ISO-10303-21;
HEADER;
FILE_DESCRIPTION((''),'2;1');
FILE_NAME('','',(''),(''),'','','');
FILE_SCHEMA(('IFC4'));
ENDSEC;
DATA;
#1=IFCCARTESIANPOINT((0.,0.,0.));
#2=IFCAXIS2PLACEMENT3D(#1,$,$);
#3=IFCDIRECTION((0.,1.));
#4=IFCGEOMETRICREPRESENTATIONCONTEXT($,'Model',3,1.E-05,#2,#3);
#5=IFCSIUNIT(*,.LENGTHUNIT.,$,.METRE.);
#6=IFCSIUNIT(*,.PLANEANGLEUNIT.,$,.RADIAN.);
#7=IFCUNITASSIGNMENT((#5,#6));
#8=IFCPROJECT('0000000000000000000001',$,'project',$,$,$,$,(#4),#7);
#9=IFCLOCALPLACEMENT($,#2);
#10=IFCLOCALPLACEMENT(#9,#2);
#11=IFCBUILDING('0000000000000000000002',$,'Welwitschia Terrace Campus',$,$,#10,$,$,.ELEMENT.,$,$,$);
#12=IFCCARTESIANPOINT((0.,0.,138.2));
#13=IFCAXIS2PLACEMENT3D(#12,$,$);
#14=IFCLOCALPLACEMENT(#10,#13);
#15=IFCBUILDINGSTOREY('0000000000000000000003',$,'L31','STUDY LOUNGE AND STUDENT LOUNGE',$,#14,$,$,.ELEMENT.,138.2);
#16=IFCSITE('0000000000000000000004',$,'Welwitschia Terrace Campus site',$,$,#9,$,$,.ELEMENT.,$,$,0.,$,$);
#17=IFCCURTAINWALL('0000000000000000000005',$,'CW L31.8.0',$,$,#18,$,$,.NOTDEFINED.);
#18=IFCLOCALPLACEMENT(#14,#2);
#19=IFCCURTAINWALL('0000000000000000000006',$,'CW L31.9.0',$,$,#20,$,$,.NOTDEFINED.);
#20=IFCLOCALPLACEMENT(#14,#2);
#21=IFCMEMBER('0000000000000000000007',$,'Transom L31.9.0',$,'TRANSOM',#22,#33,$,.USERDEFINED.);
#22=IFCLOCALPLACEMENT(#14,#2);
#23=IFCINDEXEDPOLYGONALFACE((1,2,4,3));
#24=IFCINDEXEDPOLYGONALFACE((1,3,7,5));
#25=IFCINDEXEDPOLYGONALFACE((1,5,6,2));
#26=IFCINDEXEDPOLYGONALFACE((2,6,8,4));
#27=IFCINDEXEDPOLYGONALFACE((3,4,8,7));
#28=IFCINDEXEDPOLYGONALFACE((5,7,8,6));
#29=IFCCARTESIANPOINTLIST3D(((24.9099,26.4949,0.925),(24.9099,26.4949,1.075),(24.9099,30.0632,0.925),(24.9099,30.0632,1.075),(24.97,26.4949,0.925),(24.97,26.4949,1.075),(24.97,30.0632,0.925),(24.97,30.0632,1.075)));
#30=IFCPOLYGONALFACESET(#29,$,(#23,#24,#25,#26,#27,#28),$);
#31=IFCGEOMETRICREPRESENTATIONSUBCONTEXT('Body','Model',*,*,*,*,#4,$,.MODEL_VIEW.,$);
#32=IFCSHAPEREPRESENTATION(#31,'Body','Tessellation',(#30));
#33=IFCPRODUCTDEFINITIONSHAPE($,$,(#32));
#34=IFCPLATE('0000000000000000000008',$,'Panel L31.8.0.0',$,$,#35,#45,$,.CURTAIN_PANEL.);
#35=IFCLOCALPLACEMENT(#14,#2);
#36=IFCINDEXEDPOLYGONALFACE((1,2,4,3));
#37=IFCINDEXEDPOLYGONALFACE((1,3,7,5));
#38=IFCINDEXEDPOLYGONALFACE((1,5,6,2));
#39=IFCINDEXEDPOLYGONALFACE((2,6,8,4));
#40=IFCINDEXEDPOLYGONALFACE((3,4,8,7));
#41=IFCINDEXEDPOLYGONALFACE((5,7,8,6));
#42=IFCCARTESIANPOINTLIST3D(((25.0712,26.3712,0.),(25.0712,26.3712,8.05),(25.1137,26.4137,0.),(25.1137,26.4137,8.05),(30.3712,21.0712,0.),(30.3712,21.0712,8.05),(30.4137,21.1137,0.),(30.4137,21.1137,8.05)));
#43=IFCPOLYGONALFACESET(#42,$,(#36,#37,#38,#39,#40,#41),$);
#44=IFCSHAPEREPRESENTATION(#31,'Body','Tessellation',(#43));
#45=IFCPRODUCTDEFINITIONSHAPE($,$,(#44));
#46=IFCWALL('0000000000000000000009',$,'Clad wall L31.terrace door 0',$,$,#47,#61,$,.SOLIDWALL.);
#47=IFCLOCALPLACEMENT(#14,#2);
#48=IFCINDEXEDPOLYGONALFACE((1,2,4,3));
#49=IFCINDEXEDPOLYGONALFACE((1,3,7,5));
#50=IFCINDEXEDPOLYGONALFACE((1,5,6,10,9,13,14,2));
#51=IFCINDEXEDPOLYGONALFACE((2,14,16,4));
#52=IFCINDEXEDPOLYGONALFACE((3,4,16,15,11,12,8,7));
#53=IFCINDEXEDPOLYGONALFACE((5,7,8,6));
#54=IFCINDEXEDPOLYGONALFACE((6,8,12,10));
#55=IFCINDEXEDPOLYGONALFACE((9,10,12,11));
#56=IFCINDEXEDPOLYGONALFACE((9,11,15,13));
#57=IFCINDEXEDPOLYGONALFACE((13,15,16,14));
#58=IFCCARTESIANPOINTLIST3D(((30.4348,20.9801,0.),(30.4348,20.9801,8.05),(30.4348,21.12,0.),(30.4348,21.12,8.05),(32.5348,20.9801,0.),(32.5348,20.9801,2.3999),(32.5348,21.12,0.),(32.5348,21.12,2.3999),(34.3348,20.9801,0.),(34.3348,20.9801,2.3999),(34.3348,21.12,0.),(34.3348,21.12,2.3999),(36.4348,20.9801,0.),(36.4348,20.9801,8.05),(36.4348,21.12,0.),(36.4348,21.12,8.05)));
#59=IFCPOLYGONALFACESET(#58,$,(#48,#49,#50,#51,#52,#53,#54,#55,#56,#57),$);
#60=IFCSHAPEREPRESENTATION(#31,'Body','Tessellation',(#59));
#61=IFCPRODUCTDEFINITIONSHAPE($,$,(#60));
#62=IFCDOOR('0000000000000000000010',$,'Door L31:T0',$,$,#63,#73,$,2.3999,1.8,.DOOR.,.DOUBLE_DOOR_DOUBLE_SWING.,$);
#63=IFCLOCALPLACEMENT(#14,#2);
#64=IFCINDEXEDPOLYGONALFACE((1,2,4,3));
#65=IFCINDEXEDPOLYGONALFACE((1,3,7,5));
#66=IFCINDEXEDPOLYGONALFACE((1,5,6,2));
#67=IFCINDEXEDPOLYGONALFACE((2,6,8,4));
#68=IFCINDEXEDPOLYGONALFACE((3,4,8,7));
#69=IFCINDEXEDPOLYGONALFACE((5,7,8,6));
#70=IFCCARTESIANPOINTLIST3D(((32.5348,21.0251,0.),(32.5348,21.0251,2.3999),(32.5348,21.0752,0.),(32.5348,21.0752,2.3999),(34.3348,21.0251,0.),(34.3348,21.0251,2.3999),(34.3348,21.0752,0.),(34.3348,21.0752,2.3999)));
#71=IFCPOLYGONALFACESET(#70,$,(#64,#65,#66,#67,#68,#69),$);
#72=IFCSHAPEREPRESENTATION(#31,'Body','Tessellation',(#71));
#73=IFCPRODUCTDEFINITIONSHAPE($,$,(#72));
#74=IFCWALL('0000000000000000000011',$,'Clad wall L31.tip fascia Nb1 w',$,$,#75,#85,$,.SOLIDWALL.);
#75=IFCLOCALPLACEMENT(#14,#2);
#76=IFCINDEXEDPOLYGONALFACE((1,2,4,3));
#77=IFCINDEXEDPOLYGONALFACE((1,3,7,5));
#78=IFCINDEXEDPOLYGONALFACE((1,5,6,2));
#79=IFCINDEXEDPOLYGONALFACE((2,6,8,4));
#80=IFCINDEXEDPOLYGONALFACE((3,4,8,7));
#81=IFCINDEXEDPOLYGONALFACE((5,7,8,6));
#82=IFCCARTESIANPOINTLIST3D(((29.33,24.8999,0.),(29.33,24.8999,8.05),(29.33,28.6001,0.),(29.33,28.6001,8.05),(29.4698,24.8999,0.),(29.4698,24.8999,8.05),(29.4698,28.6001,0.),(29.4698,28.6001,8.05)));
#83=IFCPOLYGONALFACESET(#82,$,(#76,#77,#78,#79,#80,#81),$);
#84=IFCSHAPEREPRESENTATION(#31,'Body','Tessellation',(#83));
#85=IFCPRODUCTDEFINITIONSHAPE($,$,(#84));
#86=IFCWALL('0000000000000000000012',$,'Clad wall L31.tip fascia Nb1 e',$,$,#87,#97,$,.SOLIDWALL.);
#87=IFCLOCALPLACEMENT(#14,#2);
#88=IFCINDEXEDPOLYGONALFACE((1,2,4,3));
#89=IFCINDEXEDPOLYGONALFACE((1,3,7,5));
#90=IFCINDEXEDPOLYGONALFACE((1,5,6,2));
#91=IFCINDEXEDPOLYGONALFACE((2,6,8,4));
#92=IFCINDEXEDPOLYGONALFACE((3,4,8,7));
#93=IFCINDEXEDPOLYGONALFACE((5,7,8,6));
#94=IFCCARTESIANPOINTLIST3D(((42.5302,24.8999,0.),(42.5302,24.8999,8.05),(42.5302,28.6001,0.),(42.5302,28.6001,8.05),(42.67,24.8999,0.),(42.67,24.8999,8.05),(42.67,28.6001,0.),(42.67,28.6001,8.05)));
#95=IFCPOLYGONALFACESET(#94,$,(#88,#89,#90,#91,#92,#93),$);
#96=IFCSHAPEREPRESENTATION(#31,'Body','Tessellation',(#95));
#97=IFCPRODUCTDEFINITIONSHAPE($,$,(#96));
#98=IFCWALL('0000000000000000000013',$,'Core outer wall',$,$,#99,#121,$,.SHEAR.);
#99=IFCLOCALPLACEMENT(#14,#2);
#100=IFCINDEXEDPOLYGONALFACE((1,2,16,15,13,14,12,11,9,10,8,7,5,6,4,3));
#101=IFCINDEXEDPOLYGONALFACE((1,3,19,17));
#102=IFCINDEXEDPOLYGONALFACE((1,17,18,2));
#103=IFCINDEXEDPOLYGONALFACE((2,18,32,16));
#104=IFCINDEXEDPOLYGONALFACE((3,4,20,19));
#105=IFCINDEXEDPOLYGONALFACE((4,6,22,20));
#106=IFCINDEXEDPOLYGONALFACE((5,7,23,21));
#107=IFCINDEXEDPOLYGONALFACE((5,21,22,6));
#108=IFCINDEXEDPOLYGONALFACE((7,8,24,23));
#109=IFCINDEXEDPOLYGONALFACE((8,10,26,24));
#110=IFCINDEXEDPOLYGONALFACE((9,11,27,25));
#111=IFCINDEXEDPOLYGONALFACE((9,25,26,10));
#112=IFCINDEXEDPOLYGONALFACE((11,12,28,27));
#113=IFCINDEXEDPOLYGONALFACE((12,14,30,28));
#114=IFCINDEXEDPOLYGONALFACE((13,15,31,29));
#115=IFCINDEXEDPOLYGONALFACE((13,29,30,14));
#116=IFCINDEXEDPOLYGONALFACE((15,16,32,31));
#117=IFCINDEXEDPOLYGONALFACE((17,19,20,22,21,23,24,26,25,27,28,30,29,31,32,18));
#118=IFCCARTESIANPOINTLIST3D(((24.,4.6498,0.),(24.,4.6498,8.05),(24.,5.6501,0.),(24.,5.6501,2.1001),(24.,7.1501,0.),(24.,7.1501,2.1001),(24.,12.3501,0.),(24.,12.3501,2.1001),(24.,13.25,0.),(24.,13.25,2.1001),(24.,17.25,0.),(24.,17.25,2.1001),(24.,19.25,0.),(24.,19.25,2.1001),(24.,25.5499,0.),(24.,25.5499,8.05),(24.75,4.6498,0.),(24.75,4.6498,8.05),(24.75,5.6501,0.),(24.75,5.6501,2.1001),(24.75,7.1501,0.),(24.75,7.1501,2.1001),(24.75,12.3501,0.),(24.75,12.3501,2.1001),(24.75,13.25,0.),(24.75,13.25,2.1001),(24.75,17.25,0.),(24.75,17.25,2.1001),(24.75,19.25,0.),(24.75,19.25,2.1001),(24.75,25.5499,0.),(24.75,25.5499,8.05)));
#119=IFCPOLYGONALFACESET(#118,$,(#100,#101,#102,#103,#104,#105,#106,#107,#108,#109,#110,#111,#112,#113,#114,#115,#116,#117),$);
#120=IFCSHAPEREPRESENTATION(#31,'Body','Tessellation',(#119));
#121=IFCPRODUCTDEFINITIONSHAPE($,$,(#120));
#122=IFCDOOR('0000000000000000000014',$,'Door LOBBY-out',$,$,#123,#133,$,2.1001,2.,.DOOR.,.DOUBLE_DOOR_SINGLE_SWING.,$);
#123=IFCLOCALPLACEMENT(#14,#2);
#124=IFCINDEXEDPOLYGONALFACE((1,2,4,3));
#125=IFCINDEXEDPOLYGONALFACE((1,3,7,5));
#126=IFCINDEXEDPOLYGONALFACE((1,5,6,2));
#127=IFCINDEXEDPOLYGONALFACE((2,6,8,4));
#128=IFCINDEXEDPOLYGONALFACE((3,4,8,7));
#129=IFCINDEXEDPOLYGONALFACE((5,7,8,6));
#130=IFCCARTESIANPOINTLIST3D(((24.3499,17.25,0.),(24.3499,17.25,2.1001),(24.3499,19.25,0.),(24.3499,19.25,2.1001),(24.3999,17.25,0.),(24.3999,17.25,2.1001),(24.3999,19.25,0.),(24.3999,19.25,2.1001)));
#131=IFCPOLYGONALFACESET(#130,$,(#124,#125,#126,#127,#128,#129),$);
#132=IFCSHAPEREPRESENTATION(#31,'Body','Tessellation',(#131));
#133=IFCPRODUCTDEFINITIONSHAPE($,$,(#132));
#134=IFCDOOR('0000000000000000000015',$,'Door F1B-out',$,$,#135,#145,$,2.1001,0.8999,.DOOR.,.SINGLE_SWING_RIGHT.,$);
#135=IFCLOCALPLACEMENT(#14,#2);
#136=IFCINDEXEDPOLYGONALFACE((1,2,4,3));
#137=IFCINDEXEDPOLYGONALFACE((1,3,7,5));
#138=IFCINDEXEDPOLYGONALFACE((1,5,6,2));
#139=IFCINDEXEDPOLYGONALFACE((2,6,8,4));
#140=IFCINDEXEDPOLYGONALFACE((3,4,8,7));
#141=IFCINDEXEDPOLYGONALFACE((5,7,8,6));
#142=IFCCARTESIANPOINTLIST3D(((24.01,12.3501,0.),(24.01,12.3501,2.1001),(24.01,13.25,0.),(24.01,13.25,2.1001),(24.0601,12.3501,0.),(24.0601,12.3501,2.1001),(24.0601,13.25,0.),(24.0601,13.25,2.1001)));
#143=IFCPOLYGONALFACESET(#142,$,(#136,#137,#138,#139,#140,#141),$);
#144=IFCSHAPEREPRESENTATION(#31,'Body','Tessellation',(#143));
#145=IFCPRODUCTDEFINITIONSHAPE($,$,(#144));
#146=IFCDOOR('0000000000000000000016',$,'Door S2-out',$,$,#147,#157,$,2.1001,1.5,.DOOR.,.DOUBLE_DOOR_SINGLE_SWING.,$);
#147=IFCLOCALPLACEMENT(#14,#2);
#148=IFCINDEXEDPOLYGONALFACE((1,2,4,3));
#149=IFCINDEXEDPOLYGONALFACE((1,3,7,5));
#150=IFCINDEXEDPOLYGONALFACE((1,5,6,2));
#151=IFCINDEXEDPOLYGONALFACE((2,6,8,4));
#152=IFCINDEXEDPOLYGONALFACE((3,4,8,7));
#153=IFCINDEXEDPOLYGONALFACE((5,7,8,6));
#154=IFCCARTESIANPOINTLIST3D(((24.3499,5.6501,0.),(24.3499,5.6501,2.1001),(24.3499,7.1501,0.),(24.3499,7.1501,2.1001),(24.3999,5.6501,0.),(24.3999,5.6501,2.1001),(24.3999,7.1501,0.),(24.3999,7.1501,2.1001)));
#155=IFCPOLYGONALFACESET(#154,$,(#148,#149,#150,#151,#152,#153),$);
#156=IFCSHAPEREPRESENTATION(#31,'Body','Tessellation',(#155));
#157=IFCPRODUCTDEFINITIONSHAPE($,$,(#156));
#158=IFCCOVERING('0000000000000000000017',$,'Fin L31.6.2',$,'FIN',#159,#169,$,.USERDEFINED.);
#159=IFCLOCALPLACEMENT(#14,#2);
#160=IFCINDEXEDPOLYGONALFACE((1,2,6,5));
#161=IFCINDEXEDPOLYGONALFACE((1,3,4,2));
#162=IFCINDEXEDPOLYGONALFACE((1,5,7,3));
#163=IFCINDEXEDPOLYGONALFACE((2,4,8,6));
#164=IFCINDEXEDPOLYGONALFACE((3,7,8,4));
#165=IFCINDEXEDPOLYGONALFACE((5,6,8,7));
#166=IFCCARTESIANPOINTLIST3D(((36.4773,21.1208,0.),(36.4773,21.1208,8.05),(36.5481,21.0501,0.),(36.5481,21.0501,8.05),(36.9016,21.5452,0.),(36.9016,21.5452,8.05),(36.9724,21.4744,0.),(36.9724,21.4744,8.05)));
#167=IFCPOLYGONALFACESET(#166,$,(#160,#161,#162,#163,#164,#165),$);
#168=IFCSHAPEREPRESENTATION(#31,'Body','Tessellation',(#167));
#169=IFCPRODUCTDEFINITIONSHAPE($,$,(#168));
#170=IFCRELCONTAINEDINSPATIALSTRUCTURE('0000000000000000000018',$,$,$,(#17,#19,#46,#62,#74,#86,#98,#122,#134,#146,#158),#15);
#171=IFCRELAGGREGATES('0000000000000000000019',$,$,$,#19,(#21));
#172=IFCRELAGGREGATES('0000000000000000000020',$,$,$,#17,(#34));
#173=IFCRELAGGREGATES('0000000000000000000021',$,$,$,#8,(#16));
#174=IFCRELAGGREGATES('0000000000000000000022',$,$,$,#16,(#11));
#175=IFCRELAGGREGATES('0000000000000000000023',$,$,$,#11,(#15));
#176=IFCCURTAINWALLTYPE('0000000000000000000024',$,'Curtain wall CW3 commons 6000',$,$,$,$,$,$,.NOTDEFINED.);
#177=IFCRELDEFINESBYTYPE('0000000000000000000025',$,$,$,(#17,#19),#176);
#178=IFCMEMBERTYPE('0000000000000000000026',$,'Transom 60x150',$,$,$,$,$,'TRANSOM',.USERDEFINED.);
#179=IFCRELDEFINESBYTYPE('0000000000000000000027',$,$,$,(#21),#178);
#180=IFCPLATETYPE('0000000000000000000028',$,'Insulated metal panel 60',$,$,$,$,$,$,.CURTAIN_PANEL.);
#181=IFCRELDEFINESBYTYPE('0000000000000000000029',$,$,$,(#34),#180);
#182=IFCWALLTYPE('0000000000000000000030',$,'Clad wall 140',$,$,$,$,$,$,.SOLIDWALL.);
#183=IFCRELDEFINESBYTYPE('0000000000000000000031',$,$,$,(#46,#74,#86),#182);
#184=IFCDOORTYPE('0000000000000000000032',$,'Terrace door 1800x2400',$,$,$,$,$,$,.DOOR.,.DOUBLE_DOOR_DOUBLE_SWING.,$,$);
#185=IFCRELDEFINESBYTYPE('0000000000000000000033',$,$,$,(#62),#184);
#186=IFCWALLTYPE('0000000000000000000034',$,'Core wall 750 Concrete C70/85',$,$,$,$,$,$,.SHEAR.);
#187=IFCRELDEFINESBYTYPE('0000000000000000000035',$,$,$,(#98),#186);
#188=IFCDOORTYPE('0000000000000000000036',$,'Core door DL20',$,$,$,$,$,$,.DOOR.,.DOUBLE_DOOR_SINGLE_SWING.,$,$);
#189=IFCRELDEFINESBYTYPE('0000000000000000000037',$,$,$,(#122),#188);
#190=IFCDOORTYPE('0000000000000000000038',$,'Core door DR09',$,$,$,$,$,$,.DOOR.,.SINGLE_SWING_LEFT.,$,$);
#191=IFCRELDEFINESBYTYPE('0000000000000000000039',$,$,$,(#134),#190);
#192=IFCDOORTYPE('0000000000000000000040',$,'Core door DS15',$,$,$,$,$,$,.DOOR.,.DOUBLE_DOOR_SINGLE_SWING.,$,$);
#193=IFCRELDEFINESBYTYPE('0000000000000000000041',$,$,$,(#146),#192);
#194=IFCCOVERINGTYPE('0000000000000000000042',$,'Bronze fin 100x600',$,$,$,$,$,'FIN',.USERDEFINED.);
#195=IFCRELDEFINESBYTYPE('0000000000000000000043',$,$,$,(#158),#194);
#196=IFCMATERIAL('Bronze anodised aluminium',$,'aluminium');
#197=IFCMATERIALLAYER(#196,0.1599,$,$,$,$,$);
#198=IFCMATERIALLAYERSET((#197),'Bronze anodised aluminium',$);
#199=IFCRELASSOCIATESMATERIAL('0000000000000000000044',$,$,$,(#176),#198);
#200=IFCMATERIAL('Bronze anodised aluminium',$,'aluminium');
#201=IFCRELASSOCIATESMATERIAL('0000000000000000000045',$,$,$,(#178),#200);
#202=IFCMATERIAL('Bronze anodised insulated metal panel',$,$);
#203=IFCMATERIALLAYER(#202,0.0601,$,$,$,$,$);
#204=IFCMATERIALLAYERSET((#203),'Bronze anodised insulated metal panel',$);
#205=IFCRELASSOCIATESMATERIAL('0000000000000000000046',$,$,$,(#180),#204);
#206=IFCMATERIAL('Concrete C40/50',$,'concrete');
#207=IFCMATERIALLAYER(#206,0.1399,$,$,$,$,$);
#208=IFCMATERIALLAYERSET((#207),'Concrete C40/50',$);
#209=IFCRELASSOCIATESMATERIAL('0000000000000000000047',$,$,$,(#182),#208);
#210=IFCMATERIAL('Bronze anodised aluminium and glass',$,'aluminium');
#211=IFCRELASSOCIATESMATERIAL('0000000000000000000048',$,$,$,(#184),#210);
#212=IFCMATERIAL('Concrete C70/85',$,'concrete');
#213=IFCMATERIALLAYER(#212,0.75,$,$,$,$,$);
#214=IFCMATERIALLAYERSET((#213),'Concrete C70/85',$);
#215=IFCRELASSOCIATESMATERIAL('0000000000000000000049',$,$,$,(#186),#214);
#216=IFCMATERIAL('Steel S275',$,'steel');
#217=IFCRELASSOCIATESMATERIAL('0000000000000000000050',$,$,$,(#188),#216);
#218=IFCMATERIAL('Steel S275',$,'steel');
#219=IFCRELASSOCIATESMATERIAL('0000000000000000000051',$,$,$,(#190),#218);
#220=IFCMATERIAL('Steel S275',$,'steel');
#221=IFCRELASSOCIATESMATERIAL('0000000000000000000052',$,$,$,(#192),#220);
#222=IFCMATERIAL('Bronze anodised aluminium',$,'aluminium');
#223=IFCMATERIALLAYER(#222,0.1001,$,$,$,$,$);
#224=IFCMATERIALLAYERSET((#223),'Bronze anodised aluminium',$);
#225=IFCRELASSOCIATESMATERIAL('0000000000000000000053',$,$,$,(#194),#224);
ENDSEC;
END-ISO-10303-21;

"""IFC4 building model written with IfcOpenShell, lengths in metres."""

from ifc_helpers import new_model, si_unit, direction, frame, frame_2d, origin, origin_2d, place, context, subcontext, project, spatial, rectangle, extrude, material, layer, layer_set, material_profile, profile_set, type_object, element, fill, aggregate, save


model = new_model("IFC4")

# Units and contexts
model_context = context("Model", 3, precision=1e-05, world=origin(), true_north=direction((0.0, 1.0)))
body_context = subcontext(model_context, "Body", "Model", "MODEL_VIEW")
ifc_project = project(units=[si_unit("LENGTHUNIT", "METRE"), si_unit("PLANEANGLEUNIT", "RADIAN")], contexts=[model_context])

# Site, building, storey
site_placement = place(None, origin())
site = spatial("IfcSite", under=ifc_project, at=site_placement, Name="Welwitschia Terrace Campus site", CompositionType="ELEMENT", RefElevation=0.0)
building_placement = place(site_placement, origin())
building = spatial("IfcBuilding", under=site, at=building_placement, Name="Welwitschia Terrace Campus", CompositionType="ELEMENT")
storey_placement = place(building_placement, frame((0.0, 0.0, 138.2)))
storey = spatial("IfcBuildingStorey", under=building, at=storey_placement, Name="L31", Description="STUDY LOUNGE AND STUDENT LOUNGE", CompositionType="ELEMENT", Elevation=138.2)

# Curtain wall
ifc_material_1 = material(Name="Bronze anodised aluminium", Category="aluminium")
ifc_layer_1 = layer(ifc_material_1, 0.1599)
ifc_layer_set_1 = layer_set([ifc_layer_1], Name="Bronze anodised aluminium")
curtain_wall_type = type_object("IfcCurtainWallType", Name="Curtain wall CW3 commons 6000", PredefinedType="NOTDEFINED", material=ifc_layer_set_1)
curtain_wall_1_placement = place(storey_placement, origin())
curtain_wall_1 = element("IfcCurtainWall", 1, at=curtain_wall_1_placement, inside=storey, type_object=curtain_wall_type, Name="CW L31.8.0", PredefinedType="NOTDEFINED")

# Curtain wall
curtain_wall_2_placement = place(storey_placement, origin())
curtain_wall_2 = element("IfcCurtainWall", 2, at=curtain_wall_2_placement, inside=storey, type_object=curtain_wall_type, Name="CW L31.9.0", PredefinedType="NOTDEFINED")

# Member
ifc_material_2 = material(Name="Bronze anodised aluminium", Category="aluminium")
ifc_material_profile_1 = material_profile(ifc_material_2, rectangle(XDim=0.0601, YDim=0.1499, at=origin_2d()))
ifc_profile_set_1 = profile_set([ifc_material_profile_1], Name="Bronze anodised aluminium")
member_type_1 = type_object("IfcMemberType", Name="Transom 60x150", ElementType="TRANSOM", PredefinedType="USERDEFINED", material=ifc_profile_set_1)
member_1_placement = place(storey_placement, frame((24.9399, 26.4949, 1.0), z_axis=(0.0, 1.0, 0.0), x_axis=(-1.0, 0.0, 0.0)))
member_1 = element("IfcMember", 3, at=member_1_placement, type_object=member_type_1, Name="Transom L31.9.0", ObjectType="TRANSOM", PredefinedType="USERDEFINED", context=body_context, shape_type="SweptSolid", body=[
    extrude(rectangle(XDim=0.0601, YDim=0.1499, at=origin_2d()), origin(), (0.0, 0.0, 1.0), 3.5684),
])
aggregate(curtain_wall_2, [member_1])

# Plate
ifc_material_3 = material(Name="Bronze anodised insulated metal panel")
ifc_layer_2 = layer(ifc_material_3, 0.0601)
ifc_layer_set_2 = layer_set([ifc_layer_2], Name="Bronze anodised insulated metal panel")
plate_type = type_object("IfcPlateType", Name="Insulated metal panel 60", PredefinedType="CURTAIN_PANEL", material=ifc_layer_set_2)
plate_placement = place(storey_placement, frame((27.7424, 23.7424, 0.0), z_axis=(0.0, 0.0, 1.0), x_axis=(-0.707107, 0.707107, 0.0)))
plate = element("IfcPlate", 4, at=plate_placement, type_object=plate_type, Name="Panel L31.8.0.0", PredefinedType="CURTAIN_PANEL", context=body_context, shape_type="SweptSolid", body=[
    extrude(rectangle(XDim=7.4954, YDim=0.0601, at=origin_2d()), origin(), (0.0, 0.0, 1.0), 8.05),
])
aggregate(curtain_wall_1, [plate])

# Wall, opening, door
ifc_material_4 = material(Name="Concrete C40/50", Category="concrete")
ifc_layer_3 = layer(ifc_material_4, 0.1399)
ifc_layer_set_3 = layer_set([ifc_layer_3], Name="Concrete C40/50")
wall_type_1 = type_object("IfcWallType", Name="Clad wall 140", PredefinedType="SOLIDWALL", material=ifc_layer_set_3)
wall_1_placement = place(storey_placement, frame((36.4348, 21.05, 0.0), z_axis=(0.0, 0.0, 1.0), x_axis=(-1.0, 0.0, 0.0)))
wall_1 = element("IfcWall", 5, at=wall_1_placement, inside=storey, type_object=wall_type_1, Name="Clad wall L31.terrace door 0", PredefinedType="SOLIDWALL", context=body_context, shape_type="SweptSolid", body=[
    extrude(rectangle(XDim=6.0, YDim=0.1399, at=frame_2d((3.0, 0.0))), origin(), (0.0, 0.0, 1.0), 8.05),
])
opening_1_placement = place(wall_1_placement, frame((2.1001, 0.0, 0.0)))
opening_1 = element("IfcOpeningElement", 6, at=opening_1_placement, cuts=wall_1, PredefinedType="OPENING", context=body_context, shape_type="SweptSolid", body=[
    extrude(rectangle(XDim=1.8, YDim=2.3999, at=frame_2d((0.8999, 1.2))), frame((0.0, 0.0798, 0.0), z_axis=(0.0, -1.0, 0.0), x_axis=(1.0, 0.0, 0.0)), (0.0, 0.0, 1.0), 0.1599),
])
ifc_material_5 = material(Name="Bronze anodised aluminium and glass", Category="aluminium")
door_type_1 = type_object("IfcDoorType", Name="Terrace door 1800x2400", OperationType="DOUBLE_DOOR_DOUBLE_SWING", PredefinedType="DOOR", material=ifc_material_5)
door_1_placement = place(opening_1_placement, origin())
door_1 = element("IfcDoor", 7, at=door_1_placement, inside=storey, type_object=door_type_1, Name="Door L31:T0", OperationType="DOUBLE_DOOR_DOUBLE_SWING", OverallHeight=2.3999, OverallWidth=1.8, PredefinedType="DOOR", context=body_context, shape_type="SweptSolid", body=[
    extrude(rectangle(XDim=1.8, YDim=2.3999, at=frame_2d((0.8999, 1.2))), frame((0.0, 0.0249, 0.0), z_axis=(0.0, -1.0, 0.0), x_axis=(1.0, 0.0, 0.0)), (0.0, 0.0, 1.0), 0.05),
])
fill(opening_1, door_1)

# Walls
for number, where, z_axis, x_axis, name in (
    (8, (29.3999, 24.8999, 0.0), (0.0, 0.0, 1.0), (0.0, 1.0, 0.0), "Clad wall L31.tip fascia Nb1 w"),
    (9, (42.6001, 24.8999, 0.0), (0.0, 0.0, 1.0), (0.0, 1.0, 0.0), "Clad wall L31.tip fascia Nb1 e"),
):
    element("IfcWall", number, at=place(storey_placement, frame(where, z_axis=z_axis, x_axis=x_axis)), inside=storey, type_object=wall_type_1, Name=name, PredefinedType="SOLIDWALL", context=body_context, shape_type="SweptSolid", body=[
        extrude(rectangle(XDim=3.7002, YDim=0.1399, at=frame_2d((1.8501, 0.0))), origin(), (0.0, 0.0, 1.0), 8.05),
    ])

# Wall, openings, doors
ifc_material_6 = material(Name="Concrete C70/85", Category="concrete")
ifc_layer_4 = layer(ifc_material_6, 0.75)
ifc_layer_set_4 = layer_set([ifc_layer_4], Name="Concrete C70/85")
wall_type_2 = type_object("IfcWallType", Name="Core wall 750 Concrete C70/85", PredefinedType="SHEAR", material=ifc_layer_set_4)
wall_2_placement = place(storey_placement, frame((24.375, 25.55, 0.0), z_axis=(0.0, 0.0, 1.0), x_axis=(0.0, -1.0, 0.0)))
wall_2 = element("IfcWall", 10, at=wall_2_placement, inside=storey, type_object=wall_type_2, Name="Core outer wall", PredefinedType="SHEAR", context=body_context, shape_type="SweptSolid", body=[
    extrude(rectangle(XDim=20.9001, YDim=0.75, at=frame_2d((10.4502, 0.0))), origin(), (0.0, 0.0, 1.0), 8.05),
])
opening_2_placement = place(wall_2_placement, frame((18.3999, 0.0, 0.0)))
opening_2 = element("IfcOpeningElement", 11, at=opening_2_placement, cuts=wall_2, PredefinedType="OPENING", context=body_context, shape_type="SweptSolid", body=[
    extrude(rectangle(XDim=1.5, YDim=2.1001, at=frame_2d((0.75, 1.05))), frame((0.0, 0.385, 0.0), z_axis=(0.0, -1.0, 0.0), x_axis=(1.0, 0.0, 0.0)), (0.0, 0.0, 1.0), 0.77),
])
opening_3_placement = place(wall_2_placement, frame((12.3, 0.0, 0.0)))
opening_3 = element("IfcOpeningElement", 12, at=opening_3_placement, cuts=wall_2, PredefinedType="OPENING", context=body_context, shape_type="SweptSolid", body=[
    extrude(rectangle(XDim=0.8999, YDim=2.1001, at=frame_2d((0.45, 1.05))), frame((0.0, 0.385, 0.0), z_axis=(0.0, -1.0, 0.0), x_axis=(1.0, 0.0, 0.0)), (0.0, 0.0, 1.0), 0.77),
])
opening_4_placement = place(wall_2_placement, frame((6.3, 0.0, 0.0)))
opening_4 = element("IfcOpeningElement", 13, at=opening_4_placement, cuts=wall_2, PredefinedType="OPENING", context=body_context, shape_type="SweptSolid", body=[
    extrude(rectangle(XDim=2.0, YDim=2.1001, at=frame_2d((1.0, 1.05))), frame((0.0, 0.385, 0.0), z_axis=(0.0, -1.0, 0.0), x_axis=(1.0, 0.0, 0.0)), (0.0, 0.0, 1.0), 0.77),
])
ifc_material_7 = material(Name="Steel S275", Category="steel")
door_type_2 = type_object("IfcDoorType", Name="Core door DL20", OperationType="DOUBLE_DOOR_SINGLE_SWING", PredefinedType="DOOR", material=ifc_material_7)
door_2_placement = place(opening_4_placement, origin())
door_2 = element("IfcDoor", 14, at=door_2_placement, inside=storey, type_object=door_type_2, Name="Door LOBBY-out", OperationType="DOUBLE_DOOR_SINGLE_SWING", OverallHeight=2.1001, OverallWidth=2.0, PredefinedType="DOOR", context=body_context, shape_type="SweptSolid", body=[
    extrude(rectangle(XDim=2.0, YDim=2.1001, at=frame_2d((1.0, 1.05))), frame((0.0, 0.0249, 0.0), z_axis=(0.0, -1.0, 0.0), x_axis=(1.0, 0.0, 0.0)), (0.0, 0.0, 1.0), 0.05),
])
fill(opening_4, door_2)
ifc_material_8 = material(Name="Steel S275", Category="steel")
door_type_3 = type_object("IfcDoorType", Name="Core door DR09", OperationType="SINGLE_SWING_LEFT", PredefinedType="DOOR", material=ifc_material_8)
door_3_placement = place(opening_3_placement, origin())
door_3 = element("IfcDoor", 15, at=door_3_placement, inside=storey, type_object=door_type_3, Name="Door F1B-out", OperationType="SINGLE_SWING_RIGHT", OverallHeight=2.1001, OverallWidth=0.8999, PredefinedType="DOOR", context=body_context, shape_type="SweptSolid", body=[
    extrude(rectangle(XDim=0.8999, YDim=2.1001, at=frame_2d((0.45, 1.05))), frame((0.0, -0.3149, 0.0), z_axis=(0.0, -1.0, 0.0), x_axis=(1.0, 0.0, 0.0)), (0.0, 0.0, 1.0), 0.05),
])
fill(opening_3, door_3)
ifc_material_9 = material(Name="Steel S275", Category="steel")
door_type_4 = type_object("IfcDoorType", Name="Core door DS15", OperationType="DOUBLE_DOOR_SINGLE_SWING", PredefinedType="DOOR", material=ifc_material_9)
door_4_placement = place(opening_2_placement, origin())
door_4 = element("IfcDoor", 16, at=door_4_placement, inside=storey, type_object=door_type_4, Name="Door S2-out", OperationType="DOUBLE_DOOR_SINGLE_SWING", OverallHeight=2.1001, OverallWidth=1.5, PredefinedType="DOOR", context=body_context, shape_type="SweptSolid", body=[
    extrude(rectangle(XDim=1.5, YDim=2.1001, at=frame_2d((0.75, 1.05))), frame((0.0, 0.0249, 0.0), z_axis=(0.0, -1.0, 0.0), x_axis=(1.0, 0.0, 0.0)), (0.0, 0.0, 1.0), 0.05),
])
fill(opening_2, door_4)

# Covering
ifc_material_10 = material(Name="Bronze anodised aluminium", Category="aluminium")
ifc_layer_5 = layer(ifc_material_10, 0.1001)
ifc_layer_set_5 = layer_set([ifc_layer_5], Name="Bronze anodised aluminium")
covering_type = type_object("IfcCoveringType", Name="Bronze fin 100x600", ElementType="FIN", PredefinedType="USERDEFINED", material=ifc_layer_set_5)
for number, where, z_axis, x_axis, name in (
    (17, (36.7249, 21.2976, 0.0), (0.0, 0.0, 1.0), (-0.707107, 0.707107, 0.0), "Fin L31.6.2"),
):
    element("IfcCovering", number, at=place(storey_placement, frame(where, z_axis=z_axis, x_axis=x_axis)), inside=storey, type_object=covering_type, Name=name, ObjectType="FIN", PredefinedType="USERDEFINED", context=body_context, shape_type="SweptSolid", body=[
        extrude(rectangle(XDim=0.1001, YDim=0.6001, at=origin_2d()), origin(), (0.0, 0.0, 1.0), 8.05),
    ])

save(model, "model.ifc")
